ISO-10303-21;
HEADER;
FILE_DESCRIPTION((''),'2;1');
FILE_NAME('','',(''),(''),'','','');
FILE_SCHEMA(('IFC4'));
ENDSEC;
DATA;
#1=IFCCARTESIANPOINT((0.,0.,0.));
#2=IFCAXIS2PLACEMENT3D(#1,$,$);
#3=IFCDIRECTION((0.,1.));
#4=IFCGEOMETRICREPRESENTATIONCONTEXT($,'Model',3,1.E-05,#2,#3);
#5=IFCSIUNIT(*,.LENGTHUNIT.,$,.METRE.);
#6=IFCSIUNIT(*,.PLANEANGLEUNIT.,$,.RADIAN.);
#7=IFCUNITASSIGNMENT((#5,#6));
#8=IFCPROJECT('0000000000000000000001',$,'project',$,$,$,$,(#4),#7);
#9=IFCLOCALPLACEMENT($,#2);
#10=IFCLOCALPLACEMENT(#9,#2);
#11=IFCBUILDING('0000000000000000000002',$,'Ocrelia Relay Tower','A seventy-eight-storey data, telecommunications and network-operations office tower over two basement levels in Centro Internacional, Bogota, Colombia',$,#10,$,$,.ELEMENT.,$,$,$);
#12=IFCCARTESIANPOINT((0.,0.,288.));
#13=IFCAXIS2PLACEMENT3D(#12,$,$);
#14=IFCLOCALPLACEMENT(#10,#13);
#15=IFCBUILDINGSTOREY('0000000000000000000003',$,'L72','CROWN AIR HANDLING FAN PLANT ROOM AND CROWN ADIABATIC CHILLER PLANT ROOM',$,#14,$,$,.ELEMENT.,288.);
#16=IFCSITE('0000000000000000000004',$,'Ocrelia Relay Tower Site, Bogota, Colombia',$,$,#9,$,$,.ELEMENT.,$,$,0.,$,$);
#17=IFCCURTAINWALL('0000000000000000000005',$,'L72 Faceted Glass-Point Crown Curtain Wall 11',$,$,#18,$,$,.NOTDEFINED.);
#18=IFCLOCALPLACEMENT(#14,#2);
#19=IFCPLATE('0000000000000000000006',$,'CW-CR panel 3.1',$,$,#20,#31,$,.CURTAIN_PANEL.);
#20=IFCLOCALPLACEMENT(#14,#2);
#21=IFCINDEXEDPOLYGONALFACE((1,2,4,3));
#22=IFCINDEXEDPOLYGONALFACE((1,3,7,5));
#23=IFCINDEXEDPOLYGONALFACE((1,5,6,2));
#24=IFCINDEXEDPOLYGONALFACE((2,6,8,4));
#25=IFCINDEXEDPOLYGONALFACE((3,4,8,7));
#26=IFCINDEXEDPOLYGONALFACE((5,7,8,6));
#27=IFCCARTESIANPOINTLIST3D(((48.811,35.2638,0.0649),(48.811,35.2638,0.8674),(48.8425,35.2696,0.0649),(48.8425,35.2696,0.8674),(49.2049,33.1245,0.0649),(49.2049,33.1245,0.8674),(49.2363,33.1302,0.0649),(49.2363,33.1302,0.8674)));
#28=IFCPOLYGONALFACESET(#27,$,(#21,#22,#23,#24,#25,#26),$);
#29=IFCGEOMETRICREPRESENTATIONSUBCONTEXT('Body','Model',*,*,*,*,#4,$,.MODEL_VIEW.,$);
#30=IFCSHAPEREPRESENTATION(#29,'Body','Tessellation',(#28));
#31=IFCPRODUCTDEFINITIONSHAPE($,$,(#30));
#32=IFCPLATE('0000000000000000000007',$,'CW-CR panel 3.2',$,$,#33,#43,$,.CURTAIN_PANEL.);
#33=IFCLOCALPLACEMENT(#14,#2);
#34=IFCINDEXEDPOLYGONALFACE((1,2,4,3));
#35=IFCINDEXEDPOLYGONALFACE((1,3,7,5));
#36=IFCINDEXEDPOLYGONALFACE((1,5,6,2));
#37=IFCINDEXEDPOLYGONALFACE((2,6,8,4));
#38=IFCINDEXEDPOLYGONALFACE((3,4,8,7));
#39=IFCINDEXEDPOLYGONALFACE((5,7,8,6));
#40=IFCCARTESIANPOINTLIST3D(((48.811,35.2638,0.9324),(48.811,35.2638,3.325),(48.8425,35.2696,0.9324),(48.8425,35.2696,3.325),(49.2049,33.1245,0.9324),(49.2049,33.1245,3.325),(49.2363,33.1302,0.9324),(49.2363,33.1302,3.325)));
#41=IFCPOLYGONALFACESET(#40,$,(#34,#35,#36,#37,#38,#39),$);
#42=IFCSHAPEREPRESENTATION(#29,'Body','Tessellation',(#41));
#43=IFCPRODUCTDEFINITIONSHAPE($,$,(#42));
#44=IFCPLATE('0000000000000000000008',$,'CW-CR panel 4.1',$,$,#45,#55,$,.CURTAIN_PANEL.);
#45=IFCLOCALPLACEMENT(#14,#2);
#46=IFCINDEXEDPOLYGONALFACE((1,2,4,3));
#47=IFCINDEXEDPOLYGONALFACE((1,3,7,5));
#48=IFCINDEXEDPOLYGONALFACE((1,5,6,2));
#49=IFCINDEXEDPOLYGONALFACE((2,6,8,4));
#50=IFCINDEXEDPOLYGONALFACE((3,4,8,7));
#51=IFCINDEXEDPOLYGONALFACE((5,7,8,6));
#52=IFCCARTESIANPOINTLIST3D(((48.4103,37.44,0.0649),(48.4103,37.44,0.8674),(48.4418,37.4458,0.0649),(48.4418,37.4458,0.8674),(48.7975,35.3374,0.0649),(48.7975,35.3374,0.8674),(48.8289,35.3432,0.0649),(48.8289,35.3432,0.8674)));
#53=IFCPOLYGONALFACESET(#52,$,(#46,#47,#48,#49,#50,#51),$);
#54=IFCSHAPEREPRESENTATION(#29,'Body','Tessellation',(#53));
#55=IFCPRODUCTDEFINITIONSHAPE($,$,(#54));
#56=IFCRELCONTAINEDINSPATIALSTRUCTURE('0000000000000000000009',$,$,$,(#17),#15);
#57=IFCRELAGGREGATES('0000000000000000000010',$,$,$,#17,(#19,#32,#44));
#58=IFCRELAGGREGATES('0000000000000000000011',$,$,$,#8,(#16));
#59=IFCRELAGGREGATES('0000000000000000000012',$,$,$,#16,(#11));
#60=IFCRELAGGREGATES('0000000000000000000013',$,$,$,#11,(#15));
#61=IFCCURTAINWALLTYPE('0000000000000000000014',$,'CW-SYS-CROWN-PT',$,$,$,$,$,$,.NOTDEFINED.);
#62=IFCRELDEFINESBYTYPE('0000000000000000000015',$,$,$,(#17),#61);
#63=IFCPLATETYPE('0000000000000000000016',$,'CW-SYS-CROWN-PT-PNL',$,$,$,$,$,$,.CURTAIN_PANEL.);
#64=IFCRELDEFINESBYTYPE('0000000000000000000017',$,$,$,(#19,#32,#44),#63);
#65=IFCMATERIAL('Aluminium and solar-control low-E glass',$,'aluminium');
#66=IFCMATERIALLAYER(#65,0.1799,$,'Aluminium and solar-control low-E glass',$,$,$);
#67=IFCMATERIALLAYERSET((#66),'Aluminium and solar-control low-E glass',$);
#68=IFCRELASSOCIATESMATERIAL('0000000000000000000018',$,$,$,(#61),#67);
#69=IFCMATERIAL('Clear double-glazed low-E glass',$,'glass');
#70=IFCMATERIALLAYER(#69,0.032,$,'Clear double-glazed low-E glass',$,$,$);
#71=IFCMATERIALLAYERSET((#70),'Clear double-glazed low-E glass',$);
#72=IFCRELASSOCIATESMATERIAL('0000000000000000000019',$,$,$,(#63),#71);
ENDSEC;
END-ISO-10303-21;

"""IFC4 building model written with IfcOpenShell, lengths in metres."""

from ifc_helpers import new_model, si_unit, direction, frame, origin, origin_2d, place, context, subcontext, project, spatial, rectangle, extrude, material, layer, layer_set, type_object, element, aggregate, save


model = new_model("IFC4")

# Units and contexts
model_context = context("Model", 3, precision=1e-05, world=origin(), true_north=direction((0.0, 1.0)))
body_context = subcontext(model_context, "Body", "Model", "MODEL_VIEW")
ifc_project = project(units=[si_unit("LENGTHUNIT", "METRE"), si_unit("PLANEANGLEUNIT", "RADIAN")], contexts=[model_context])

# Site, building, storey
site_placement = place(None, origin())
site = spatial("IfcSite", under=ifc_project, at=site_placement, Name="Ocrelia Relay Tower Site, Bogota, Colombia", CompositionType="ELEMENT", RefElevation=0.0)
building_placement = place(site_placement, origin())
building = spatial("IfcBuilding", under=site, at=building_placement, Name="Ocrelia Relay Tower", Description="A seventy-eight-storey data, telecommunications and network-operations office tower over two basement levels in Centro Internacional, Bogota, Colombia", CompositionType="ELEMENT")
storey_placement = place(building_placement, frame((0.0, 0.0, 288.0)))
storey = spatial("IfcBuildingStorey", under=building, at=storey_placement, Name="L72", Description="CROWN AIR HANDLING FAN PLANT ROOM AND CROWN ADIABATIC CHILLER PLANT ROOM", CompositionType="ELEMENT", Elevation=288.0)

# Curtain wall, plates
ifc_material_1 = material(Name="Aluminium and solar-control low-E glass", Category="aluminium")
ifc_layer_1 = layer(ifc_material_1, 0.1799, Name="Aluminium and solar-control low-E glass")
ifc_layer_set_1 = layer_set([ifc_layer_1], Name="Aluminium and solar-control low-E glass")
curtain_wall_type = type_object("IfcCurtainWallType", Name="CW-SYS-CROWN-PT", PredefinedType="NOTDEFINED", material=ifc_layer_set_1)
curtain_wall_placement = place(storey_placement, origin())
curtain_wall = element("IfcCurtainWall", 1, at=curtain_wall_placement, inside=storey, type_object=curtain_wall_type, Name="L72 Faceted Glass-Point Crown Curtain Wall 11", PredefinedType="NOTDEFINED")
ifc_material_2 = material(Name="Clear double-glazed low-E glass", Category="glass")
ifc_layer_2 = layer(ifc_material_2, 0.032, Name="Clear double-glazed low-E glass")
ifc_layer_set_2 = layer_set([ifc_layer_2], Name="Clear double-glazed low-E glass")
plate_type = type_object("IfcPlateType", Name="CW-SYS-CROWN-PT-PNL", PredefinedType="CURTAIN_PANEL", material=ifc_layer_set_2)
plate_1_placement = place(storey_placement, frame((49.0237, 34.197, 0.0649), z_axis=(0.0, 0.0, 1.0), x_axis=(-0.181068, 0.983471, 0.0)))
plate_1 = element("IfcPlate", 2, at=plate_1_placement, type_object=plate_type, Name="CW-CR panel 3.1", PredefinedType="CURTAIN_PANEL", context=body_context, shape_type="SweptSolid", body=[
    extrude(rectangle(XDim=2.1753, YDim=0.032, at=origin_2d()), origin(), (0.0, 0.0, 1.0), 0.8025),
])
plate_2_placement = place(storey_placement, frame((49.0237, 34.197, 0.9324), z_axis=(0.0, 0.0, 1.0), x_axis=(-0.181068, 0.983471, 0.0)))
plate_2 = element("IfcPlate", 3, at=plate_2_placement, type_object=plate_type, Name="CW-CR panel 3.2", PredefinedType="CURTAIN_PANEL", context=body_context, shape_type="SweptSolid", body=[
    extrude(rectangle(XDim=2.1753, YDim=0.032, at=origin_2d()), origin(), (0.0, 0.0, 1.0), 2.3926),
])
plate_3_placement = place(storey_placement, frame((48.6196, 36.3916, 0.0649), z_axis=(0.0, 0.0, 1.0), x_axis=(-0.181068, 0.983471, 0.0)))
plate_3 = element("IfcPlate", 4, at=plate_3_placement, type_object=plate_type, Name="CW-CR panel 4.1", PredefinedType="CURTAIN_PANEL", context=body_context, shape_type="SweptSolid", body=[
    extrude(rectangle(XDim=2.1379, YDim=0.032, at=origin_2d()), origin(), (0.0, 0.0, 1.0), 0.8025),
])
aggregate(curtain_wall, [plate_1, plate_2, plate_3])

save(model, "model.ifc")
